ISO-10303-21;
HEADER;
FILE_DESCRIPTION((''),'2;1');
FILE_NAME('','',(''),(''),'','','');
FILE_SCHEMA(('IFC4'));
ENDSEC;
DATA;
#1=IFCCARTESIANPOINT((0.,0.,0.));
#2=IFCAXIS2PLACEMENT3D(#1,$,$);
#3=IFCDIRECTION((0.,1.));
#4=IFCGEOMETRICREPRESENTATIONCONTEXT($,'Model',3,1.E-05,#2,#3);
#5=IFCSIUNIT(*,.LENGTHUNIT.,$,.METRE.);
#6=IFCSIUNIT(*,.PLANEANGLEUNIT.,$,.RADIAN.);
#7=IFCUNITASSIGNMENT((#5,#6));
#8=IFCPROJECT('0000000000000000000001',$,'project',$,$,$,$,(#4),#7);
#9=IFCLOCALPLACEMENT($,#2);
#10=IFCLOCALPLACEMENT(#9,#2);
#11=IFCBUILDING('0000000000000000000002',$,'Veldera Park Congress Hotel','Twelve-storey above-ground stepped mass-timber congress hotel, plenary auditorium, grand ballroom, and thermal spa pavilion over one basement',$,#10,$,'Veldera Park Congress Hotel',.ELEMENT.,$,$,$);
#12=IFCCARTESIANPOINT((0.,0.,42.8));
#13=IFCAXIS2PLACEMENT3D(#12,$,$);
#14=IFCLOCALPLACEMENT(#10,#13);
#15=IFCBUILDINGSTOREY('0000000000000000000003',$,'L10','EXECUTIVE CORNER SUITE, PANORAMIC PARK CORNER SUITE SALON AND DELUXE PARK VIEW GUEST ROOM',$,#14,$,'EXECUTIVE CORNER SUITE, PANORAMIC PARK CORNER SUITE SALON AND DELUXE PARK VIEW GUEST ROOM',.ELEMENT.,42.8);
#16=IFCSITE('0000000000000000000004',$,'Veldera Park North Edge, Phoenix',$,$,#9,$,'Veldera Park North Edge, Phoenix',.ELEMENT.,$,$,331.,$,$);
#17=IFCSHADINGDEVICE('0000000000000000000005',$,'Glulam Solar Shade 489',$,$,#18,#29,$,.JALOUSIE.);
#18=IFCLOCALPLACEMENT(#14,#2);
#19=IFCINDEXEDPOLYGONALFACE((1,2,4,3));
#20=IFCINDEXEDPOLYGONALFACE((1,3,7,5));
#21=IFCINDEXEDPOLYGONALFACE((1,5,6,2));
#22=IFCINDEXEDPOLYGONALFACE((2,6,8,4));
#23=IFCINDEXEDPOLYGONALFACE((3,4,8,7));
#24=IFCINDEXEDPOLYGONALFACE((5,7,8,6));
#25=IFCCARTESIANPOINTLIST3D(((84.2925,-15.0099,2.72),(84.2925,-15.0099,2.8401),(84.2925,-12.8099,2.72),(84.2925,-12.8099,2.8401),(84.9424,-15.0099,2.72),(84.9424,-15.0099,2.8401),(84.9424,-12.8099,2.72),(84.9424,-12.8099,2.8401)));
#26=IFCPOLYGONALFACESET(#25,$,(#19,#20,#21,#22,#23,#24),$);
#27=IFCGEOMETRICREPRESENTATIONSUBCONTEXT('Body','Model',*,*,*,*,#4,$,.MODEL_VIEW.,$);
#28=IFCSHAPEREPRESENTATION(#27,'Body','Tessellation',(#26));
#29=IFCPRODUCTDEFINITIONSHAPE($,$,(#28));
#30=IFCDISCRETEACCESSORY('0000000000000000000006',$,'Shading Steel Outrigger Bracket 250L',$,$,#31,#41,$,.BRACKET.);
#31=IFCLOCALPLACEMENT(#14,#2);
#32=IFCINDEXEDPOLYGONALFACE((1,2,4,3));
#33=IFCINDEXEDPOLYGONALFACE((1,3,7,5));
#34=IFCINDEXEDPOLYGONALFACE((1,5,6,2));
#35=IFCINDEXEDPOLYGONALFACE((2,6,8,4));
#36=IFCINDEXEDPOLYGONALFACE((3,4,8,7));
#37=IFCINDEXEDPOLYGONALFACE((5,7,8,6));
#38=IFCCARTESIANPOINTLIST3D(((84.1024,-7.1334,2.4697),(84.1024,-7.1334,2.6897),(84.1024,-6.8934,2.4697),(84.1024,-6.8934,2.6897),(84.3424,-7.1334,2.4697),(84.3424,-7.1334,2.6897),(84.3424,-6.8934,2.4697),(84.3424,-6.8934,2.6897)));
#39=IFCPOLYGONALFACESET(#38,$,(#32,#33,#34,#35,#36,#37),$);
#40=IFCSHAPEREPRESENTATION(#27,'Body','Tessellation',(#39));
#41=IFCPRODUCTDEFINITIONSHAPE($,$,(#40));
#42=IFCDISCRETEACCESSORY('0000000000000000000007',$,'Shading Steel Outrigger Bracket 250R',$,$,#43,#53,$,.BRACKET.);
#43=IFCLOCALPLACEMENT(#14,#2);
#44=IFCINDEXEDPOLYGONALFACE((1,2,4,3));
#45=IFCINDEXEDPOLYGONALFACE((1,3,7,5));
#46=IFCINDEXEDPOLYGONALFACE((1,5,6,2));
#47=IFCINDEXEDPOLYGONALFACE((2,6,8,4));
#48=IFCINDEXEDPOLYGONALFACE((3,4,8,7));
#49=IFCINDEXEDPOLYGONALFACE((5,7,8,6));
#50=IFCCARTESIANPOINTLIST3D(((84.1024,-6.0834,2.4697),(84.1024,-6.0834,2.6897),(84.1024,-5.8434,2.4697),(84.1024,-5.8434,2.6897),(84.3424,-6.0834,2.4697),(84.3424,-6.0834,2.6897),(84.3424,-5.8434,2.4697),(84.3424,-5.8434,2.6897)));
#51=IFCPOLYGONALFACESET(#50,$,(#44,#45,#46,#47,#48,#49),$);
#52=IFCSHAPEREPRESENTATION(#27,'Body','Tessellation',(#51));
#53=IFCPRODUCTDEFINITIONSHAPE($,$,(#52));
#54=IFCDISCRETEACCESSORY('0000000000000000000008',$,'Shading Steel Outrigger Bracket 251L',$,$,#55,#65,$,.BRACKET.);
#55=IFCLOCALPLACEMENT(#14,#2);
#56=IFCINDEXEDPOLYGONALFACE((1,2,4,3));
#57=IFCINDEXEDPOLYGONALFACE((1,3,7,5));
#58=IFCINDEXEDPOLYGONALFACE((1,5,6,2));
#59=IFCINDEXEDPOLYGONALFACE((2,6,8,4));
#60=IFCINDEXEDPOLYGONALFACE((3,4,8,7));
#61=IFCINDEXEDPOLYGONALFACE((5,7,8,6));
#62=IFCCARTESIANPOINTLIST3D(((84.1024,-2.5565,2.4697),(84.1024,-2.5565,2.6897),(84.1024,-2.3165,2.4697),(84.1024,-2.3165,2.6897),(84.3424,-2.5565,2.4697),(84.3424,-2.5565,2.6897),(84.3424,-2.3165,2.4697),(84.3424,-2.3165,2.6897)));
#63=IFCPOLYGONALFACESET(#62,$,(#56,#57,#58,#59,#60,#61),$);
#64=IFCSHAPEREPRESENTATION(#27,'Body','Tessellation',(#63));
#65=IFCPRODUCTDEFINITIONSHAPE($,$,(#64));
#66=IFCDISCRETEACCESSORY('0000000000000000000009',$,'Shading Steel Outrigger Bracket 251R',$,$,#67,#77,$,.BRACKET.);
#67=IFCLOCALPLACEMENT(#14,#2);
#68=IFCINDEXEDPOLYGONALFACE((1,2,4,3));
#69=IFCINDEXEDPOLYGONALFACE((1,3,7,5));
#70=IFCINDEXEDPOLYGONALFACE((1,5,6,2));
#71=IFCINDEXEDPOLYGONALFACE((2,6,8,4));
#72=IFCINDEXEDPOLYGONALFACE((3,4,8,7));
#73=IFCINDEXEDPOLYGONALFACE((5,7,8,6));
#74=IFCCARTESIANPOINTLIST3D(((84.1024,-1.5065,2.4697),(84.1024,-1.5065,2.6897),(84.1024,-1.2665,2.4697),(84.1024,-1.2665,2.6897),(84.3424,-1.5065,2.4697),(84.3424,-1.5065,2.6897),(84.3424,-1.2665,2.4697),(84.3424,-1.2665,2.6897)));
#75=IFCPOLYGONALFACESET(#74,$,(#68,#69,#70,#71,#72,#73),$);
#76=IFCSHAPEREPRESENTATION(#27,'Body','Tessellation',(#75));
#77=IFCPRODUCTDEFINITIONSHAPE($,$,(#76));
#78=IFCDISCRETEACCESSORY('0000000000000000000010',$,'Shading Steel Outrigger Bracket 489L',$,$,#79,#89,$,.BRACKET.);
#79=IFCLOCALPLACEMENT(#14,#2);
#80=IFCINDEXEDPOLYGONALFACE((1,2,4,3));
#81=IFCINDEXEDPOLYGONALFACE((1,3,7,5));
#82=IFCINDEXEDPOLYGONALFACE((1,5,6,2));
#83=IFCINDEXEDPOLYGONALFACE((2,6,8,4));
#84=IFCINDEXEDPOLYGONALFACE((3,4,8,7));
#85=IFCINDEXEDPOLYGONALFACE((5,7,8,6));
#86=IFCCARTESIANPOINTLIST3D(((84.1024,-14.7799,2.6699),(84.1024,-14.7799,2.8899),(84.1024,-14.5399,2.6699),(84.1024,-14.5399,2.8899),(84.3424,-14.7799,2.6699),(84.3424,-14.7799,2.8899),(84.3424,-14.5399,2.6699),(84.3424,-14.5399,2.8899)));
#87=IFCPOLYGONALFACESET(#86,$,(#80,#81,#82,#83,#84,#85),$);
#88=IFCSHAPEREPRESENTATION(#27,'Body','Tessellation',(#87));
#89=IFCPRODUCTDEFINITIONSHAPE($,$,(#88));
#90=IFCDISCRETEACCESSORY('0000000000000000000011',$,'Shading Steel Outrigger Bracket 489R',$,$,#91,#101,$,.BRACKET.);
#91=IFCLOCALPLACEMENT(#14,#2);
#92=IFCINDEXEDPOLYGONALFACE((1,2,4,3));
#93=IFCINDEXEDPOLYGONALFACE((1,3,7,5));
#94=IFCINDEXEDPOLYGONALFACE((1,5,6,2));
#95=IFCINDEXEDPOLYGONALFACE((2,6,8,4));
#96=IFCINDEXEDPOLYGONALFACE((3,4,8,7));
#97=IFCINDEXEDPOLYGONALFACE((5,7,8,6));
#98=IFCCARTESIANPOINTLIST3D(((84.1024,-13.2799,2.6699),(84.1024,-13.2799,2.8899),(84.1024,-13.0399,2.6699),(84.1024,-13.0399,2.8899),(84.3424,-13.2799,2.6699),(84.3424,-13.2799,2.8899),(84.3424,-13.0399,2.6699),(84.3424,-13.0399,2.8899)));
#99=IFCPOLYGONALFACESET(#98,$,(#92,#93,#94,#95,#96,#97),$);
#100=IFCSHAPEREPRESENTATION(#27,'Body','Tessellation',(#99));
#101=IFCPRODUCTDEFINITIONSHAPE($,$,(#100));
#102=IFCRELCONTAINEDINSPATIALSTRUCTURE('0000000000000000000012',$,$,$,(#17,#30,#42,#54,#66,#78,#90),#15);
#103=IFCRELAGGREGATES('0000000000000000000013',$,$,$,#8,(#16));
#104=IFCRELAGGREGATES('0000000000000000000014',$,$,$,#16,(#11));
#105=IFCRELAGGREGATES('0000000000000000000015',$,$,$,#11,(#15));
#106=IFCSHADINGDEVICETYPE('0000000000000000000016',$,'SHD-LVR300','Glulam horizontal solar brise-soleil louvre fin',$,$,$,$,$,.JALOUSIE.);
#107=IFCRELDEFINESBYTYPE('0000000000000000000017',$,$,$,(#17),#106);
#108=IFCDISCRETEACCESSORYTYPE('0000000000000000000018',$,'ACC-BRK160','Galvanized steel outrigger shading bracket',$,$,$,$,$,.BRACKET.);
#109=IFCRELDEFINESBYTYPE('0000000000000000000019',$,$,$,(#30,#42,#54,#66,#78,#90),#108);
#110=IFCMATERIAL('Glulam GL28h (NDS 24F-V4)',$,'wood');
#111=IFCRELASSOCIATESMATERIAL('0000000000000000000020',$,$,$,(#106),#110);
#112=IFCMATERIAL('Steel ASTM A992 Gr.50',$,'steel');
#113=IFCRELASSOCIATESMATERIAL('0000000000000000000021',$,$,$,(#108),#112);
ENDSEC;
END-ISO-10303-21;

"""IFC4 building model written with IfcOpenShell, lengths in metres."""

from ifc_helpers import new_model, si_unit, direction, frame, origin, origin_2d, place, context, subcontext, project, spatial, rectangle, extrude, material, type_object, element, save


model = new_model("IFC4")

# Units and contexts
model_context = context("Model", 3, precision=1e-05, world=origin(), true_north=direction((0.0, 1.0)))
body_context = subcontext(model_context, "Body", "Model", "MODEL_VIEW")
ifc_project = project(units=[si_unit("LENGTHUNIT", "METRE"), si_unit("PLANEANGLEUNIT", "RADIAN")], contexts=[model_context])

# Site, building, storey
site_placement = place(None, origin())
site = spatial("IfcSite", under=ifc_project, at=site_placement, Name="Veldera Park North Edge, Phoenix", LongName="Veldera Park North Edge, Phoenix", CompositionType="ELEMENT", RefElevation=331.0)
building_placement = place(site_placement, origin())
building = spatial("IfcBuilding", under=site, at=building_placement, Name="Veldera Park Congress Hotel", Description="Twelve-storey above-ground stepped mass-timber congress hotel, plenary auditorium, grand ballroom, and thermal spa pavilion over one basement", LongName="Veldera Park Congress Hotel", CompositionType="ELEMENT")
storey_placement = place(building_placement, frame((0.0, 0.0, 42.8)))
storey = spatial("IfcBuildingStorey", under=building, at=storey_placement, Name="L10", Description="EXECUTIVE CORNER SUITE, PANORAMIC PARK CORNER SUITE SALON AND DELUXE PARK VIEW GUEST ROOM", LongName="EXECUTIVE CORNER SUITE, PANORAMIC PARK CORNER SUITE SALON AND DELUXE PARK VIEW GUEST ROOM", CompositionType="ELEMENT", Elevation=42.8)

# Shared definitions
ifc_material_1 = material(Name="Glulam GL28h (NDS 24F-V4)", Category="wood")

# Shared definitions
ifc_material_2 = material(Name="Steel ASTM A992 Gr.50", Category="steel")

# Shading device
shading_device_type = type_object("IfcShadingDeviceType", Name="SHD-LVR300", Description="Glulam horizontal solar brise-soleil louvre fin", PredefinedType="JALOUSIE", material=ifc_material_1)
shading_device_placement = place(storey_placement, frame((84.6174, -13.9099, 2.72), z_axis=(0.0, 0.0, 1.0), x_axis=(0.0, 1.0, 0.0)))
element("IfcShadingDevice", 1, at=shading_device_placement, inside=storey, type_object=shading_device_type, Name="Glulam Solar Shade 489", PredefinedType="JALOUSIE", context=body_context, shape_type="SweptSolid", body=[
    extrude(rectangle(XDim=2.2, YDim=0.6499, at=origin_2d()), origin(), (0.0, 0.0, 1.0), 0.1201),
])

# Discrete accessories
discrete_accessory_type = type_object("IfcDiscreteAccessoryType", Name="ACC-BRK160", Description="Galvanized steel outrigger shading bracket", PredefinedType="BRACKET", material=ifc_material_2)
for number, where, z_axis, x_axis, name in (
    (2, (84.2224, -7.0134, 2.4697), (0.0, 0.0, 1.0), (0.0, 1.0, 0.0), "Shading Steel Outrigger Bracket 250L"),
    (3, (84.2224, -5.9634, 2.4697), (0.0, 0.0, 1.0), (0.0, 1.0, 0.0), "Shading Steel Outrigger Bracket 250R"),
    (4, (84.2224, -2.4365, 2.4697), (0.0, 0.0, 1.0), (0.0, 1.0, 0.0), "Shading Steel Outrigger Bracket 251L"),
    (5, (84.2224, -1.3865, 2.4697), (0.0, 0.0, 1.0), (0.0, 1.0, 0.0), "Shading Steel Outrigger Bracket 251R"),
    (6, (84.2224, -14.6599, 2.6699), (0.0, 0.0, 1.0), (0.0, 1.0, 0.0), "Shading Steel Outrigger Bracket 489L"),
    (7, (84.2224, -13.1599, 2.6699), (0.0, 0.0, 1.0), (0.0, 1.0, 0.0), "Shading Steel Outrigger Bracket 489R"),
):
    element("IfcDiscreteAccessory", number, at=place(storey_placement, frame(where, z_axis=z_axis, x_axis=x_axis)), inside=storey, type_object=discrete_accessory_type, Name=name, PredefinedType="BRACKET", context=body_context, shape_type="SweptSolid", body=[
        extrude(rectangle(XDim=0.24, YDim=0.24, at=origin_2d()), origin(), (0.0, 0.0, 1.0), 0.22),
    ])

save(model, "model.ifc")
